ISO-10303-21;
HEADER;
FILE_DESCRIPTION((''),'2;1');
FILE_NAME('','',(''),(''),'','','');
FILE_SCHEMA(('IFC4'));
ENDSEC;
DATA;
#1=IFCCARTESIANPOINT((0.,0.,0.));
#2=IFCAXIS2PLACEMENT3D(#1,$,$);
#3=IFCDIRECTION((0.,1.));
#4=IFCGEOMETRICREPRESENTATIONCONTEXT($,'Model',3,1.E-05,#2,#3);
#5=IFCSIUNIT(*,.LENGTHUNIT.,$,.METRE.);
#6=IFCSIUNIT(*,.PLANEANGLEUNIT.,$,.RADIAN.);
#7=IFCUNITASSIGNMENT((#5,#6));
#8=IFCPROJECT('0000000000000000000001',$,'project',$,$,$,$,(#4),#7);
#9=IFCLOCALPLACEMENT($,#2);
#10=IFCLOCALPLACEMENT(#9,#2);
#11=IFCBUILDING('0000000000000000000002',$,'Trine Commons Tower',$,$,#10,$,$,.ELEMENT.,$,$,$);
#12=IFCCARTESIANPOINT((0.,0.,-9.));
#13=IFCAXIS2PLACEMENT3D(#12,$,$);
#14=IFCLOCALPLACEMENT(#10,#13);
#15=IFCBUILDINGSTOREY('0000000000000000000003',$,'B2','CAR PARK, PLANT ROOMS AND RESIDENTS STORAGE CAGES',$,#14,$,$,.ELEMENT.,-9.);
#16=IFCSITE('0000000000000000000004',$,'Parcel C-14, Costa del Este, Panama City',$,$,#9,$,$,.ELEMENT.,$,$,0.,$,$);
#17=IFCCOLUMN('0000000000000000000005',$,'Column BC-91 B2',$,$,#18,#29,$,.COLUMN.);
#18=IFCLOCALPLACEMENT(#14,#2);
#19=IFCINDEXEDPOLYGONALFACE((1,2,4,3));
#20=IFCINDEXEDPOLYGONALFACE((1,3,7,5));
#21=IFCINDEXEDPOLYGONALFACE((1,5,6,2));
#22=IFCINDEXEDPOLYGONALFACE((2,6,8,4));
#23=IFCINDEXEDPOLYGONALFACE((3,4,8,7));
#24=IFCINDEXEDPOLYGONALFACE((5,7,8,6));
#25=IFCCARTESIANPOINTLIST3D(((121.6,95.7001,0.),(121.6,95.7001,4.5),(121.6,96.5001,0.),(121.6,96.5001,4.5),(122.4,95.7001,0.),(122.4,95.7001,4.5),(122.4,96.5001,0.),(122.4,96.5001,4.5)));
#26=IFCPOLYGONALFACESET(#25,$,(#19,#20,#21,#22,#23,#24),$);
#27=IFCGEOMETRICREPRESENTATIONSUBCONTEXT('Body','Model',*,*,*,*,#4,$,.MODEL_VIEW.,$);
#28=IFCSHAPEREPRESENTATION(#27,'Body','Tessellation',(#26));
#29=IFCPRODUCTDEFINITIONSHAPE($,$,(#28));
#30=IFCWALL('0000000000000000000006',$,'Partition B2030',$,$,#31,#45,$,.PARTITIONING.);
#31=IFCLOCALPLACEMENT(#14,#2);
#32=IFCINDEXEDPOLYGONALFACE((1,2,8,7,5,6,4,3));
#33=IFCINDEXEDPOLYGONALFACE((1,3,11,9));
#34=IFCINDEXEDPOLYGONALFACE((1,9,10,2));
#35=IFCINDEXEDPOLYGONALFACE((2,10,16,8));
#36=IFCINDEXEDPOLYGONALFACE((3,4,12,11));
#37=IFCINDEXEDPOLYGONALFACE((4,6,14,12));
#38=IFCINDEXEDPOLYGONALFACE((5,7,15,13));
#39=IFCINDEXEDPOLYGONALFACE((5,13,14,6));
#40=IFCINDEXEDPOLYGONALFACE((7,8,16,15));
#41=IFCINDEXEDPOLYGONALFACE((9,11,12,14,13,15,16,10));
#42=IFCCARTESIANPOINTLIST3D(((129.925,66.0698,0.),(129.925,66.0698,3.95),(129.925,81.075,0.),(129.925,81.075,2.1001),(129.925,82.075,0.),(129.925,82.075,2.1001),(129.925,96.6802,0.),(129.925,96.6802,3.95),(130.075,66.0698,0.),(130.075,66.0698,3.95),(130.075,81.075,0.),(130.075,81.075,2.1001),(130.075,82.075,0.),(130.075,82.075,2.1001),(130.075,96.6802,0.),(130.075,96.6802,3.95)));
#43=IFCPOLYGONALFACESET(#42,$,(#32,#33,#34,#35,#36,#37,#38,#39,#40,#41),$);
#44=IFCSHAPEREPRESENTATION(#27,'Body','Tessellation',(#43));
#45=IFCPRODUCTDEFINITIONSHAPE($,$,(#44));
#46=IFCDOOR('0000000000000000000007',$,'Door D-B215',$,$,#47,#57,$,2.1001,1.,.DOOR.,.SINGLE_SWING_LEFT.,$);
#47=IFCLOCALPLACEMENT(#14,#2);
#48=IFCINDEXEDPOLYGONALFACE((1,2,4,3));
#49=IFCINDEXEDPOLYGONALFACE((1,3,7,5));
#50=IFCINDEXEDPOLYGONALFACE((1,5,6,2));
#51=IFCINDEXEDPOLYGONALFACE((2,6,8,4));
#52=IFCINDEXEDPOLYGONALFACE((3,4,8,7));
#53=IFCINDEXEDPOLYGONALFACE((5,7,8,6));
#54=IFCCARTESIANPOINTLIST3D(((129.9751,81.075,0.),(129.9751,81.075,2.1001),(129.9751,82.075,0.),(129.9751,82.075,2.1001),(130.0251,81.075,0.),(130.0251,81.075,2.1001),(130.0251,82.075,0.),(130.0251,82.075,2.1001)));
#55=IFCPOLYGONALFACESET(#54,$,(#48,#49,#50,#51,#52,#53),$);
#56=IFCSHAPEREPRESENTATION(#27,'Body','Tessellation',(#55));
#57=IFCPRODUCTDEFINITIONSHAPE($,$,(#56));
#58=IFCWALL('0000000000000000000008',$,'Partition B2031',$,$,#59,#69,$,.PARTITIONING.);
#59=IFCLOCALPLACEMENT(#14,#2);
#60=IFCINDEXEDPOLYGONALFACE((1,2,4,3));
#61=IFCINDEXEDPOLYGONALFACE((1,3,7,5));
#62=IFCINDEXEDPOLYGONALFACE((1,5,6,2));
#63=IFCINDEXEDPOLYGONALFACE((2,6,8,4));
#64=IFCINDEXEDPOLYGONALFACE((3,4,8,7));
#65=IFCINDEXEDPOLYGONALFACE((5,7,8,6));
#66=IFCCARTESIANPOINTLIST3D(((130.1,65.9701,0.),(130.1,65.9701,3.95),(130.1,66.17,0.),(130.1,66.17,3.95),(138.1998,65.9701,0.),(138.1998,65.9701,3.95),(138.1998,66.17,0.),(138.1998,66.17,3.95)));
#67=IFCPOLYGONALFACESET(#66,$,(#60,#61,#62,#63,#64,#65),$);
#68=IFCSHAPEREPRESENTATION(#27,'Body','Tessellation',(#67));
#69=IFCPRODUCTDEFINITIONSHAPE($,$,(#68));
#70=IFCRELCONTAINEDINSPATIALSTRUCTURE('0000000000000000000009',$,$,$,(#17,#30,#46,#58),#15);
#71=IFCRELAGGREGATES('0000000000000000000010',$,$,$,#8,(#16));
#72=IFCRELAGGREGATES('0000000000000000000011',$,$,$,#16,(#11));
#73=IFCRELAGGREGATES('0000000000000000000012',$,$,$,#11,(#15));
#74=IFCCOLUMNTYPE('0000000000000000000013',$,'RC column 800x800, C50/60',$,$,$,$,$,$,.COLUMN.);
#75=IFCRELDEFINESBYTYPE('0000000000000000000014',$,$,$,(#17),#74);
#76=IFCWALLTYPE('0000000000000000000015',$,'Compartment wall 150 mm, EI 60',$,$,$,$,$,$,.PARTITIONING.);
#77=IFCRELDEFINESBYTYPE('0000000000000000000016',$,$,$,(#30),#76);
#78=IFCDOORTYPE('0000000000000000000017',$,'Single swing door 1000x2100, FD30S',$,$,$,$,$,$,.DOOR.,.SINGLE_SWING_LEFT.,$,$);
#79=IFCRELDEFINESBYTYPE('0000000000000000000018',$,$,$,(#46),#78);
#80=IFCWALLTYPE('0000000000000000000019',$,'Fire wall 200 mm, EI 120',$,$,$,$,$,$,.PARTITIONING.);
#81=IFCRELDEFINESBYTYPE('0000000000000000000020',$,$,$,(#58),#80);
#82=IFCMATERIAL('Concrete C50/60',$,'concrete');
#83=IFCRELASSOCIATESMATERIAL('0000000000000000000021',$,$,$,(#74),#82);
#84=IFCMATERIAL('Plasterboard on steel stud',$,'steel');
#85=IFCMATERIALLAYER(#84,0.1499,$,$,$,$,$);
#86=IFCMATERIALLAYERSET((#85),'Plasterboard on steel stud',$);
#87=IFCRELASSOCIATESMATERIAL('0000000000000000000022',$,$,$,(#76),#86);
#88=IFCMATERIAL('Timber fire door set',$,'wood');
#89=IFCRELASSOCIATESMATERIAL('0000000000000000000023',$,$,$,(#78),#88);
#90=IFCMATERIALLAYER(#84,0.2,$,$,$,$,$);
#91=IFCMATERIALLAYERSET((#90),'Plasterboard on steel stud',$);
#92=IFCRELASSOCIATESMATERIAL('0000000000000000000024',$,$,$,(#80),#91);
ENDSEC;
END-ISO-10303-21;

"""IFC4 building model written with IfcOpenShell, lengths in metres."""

from ifc_helpers import new_model, si_unit, direction, frame, frame_2d, origin, origin_2d, place, context, subcontext, project, spatial, rectangle, extrude, material, layer, layer_set, material_profile, profile_set, type_object, element, fill, save


model = new_model("IFC4")

# Units and contexts
model_context = context("Model", 3, precision=1e-05, world=origin(), true_north=direction((0.0, 1.0)))
body_context = subcontext(model_context, "Body", "Model", "MODEL_VIEW")
ifc_project = project(units=[si_unit("LENGTHUNIT", "METRE"), si_unit("PLANEANGLEUNIT", "RADIAN")], contexts=[model_context])

# Site, building, storey
site_placement = place(None, origin())
site = spatial("IfcSite", under=ifc_project, at=site_placement, Name="Parcel C-14, Costa del Este, Panama City", CompositionType="ELEMENT", RefElevation=0.0)
building_placement = place(site_placement, origin())
building = spatial("IfcBuilding", under=site, at=building_placement, Name="Trine Commons Tower", CompositionType="ELEMENT")
storey_placement = place(building_placement, frame((0.0, 0.0, -9.0)))
storey = spatial("IfcBuildingStorey", under=building, at=storey_placement, Name="B2", Description="CAR PARK, PLANT ROOMS AND RESIDENTS STORAGE CAGES", CompositionType="ELEMENT", Elevation=-9.0)

# Column
ifc_material_1 = material(Name="Concrete C50/60", Category="concrete")
ifc_material_profile = material_profile(ifc_material_1, rectangle(XDim=0.8, YDim=0.8, at=origin_2d()), Name="RC 800x800")
ifc_profile_set = profile_set([ifc_material_profile], Name="Concrete C50/60")
column_type = type_object("IfcColumnType", Name="RC column 800x800, C50/60", PredefinedType="COLUMN", material=ifc_profile_set)
for number, where, z_axis, x_axis, name in (
    (1, (122.0, 96.1001, 0.0), (0.0, 0.0, 1.0), (1.0, 0.0, 0.0), "Column BC-91 B2"),
):
    element("IfcColumn", number, at=place(storey_placement, frame(where, z_axis=z_axis, x_axis=x_axis)), inside=storey, type_object=column_type, Name=name, PredefinedType="COLUMN", context=body_context, shape_type="SweptSolid", body=[
        extrude(rectangle(XDim=0.8, YDim=0.8, at=origin_2d()), origin(), (0.0, 0.0, 1.0), 4.5),
    ])

# Wall, opening, door
ifc_material_2 = material(Name="Plasterboard on steel stud", Category="steel")
ifc_layer_1 = layer(ifc_material_2, 0.1499)
ifc_layer_set_1 = layer_set([ifc_layer_1], Name="Plasterboard on steel stud")
wall_type_1 = type_object("IfcWallType", Name="Compartment wall 150 mm, EI 60", PredefinedType="PARTITIONING", material=ifc_layer_set_1)
wall_1_placement = place(storey_placement, frame((130.0, 66.0698, 0.0), z_axis=(0.0, 0.0, 1.0), x_axis=(0.0, 1.0, 0.0)))
wall_1 = element("IfcWall", 2, at=wall_1_placement, inside=storey, type_object=wall_type_1, Name="Partition B2030", PredefinedType="PARTITIONING", context=body_context, shape_type="SweptSolid", body=[
    extrude(rectangle(XDim=30.6104, YDim=0.1499, at=frame_2d((15.3052, 0.0))), origin(), (0.0, 0.0, 1.0), 3.95),
])
opening_placement = place(wall_1_placement, frame((15.0051, 0.0, 0.0)))
opening = element("IfcOpeningElement", 3, at=opening_placement, cuts=wall_1, PredefinedType="OPENING", context=body_context, shape_type="SweptSolid", body=[
    extrude(rectangle(XDim=1.0, YDim=2.1001, at=frame_2d((0.5, 1.05))), frame((0.0, 0.085, 0.0), z_axis=(0.0, -1.0, 0.0), x_axis=(1.0, 0.0, 0.0)), (0.0, 0.0, 1.0), 0.1699),
])
ifc_material_3 = material(Name="Timber fire door set", Category="wood")
door_type = type_object("IfcDoorType", Name="Single swing door 1000x2100, FD30S", OperationType="SINGLE_SWING_LEFT", PredefinedType="DOOR", material=ifc_material_3)
door_placement = place(opening_placement, origin())
door = element("IfcDoor", 4, at=door_placement, inside=storey, type_object=door_type, Name="Door D-B215", OperationType="SINGLE_SWING_LEFT", OverallHeight=2.1001, OverallWidth=1.0, PredefinedType="DOOR", context=body_context, shape_type="SweptSolid", body=[
    extrude(rectangle(XDim=1.0, YDim=2.1001, at=frame_2d((0.5, 1.05))), frame((0.0, 0.0249, 0.0), z_axis=(0.0, -1.0, 0.0), x_axis=(1.0, 0.0, 0.0)), (0.0, 0.0, 1.0), 0.05),
])
fill(opening, door)

# Wall
ifc_layer_2 = layer(ifc_material_2, 0.2)
ifc_layer_set_2 = layer_set([ifc_layer_2], Name="Plasterboard on steel stud")
wall_type_2 = type_object("IfcWallType", Name="Fire wall 200 mm, EI 120", PredefinedType="PARTITIONING", material=ifc_layer_set_2)
wall_2_placement = place(storey_placement, frame((130.1001, 66.0701, 0.0), z_axis=(0.0, 0.0, 1.0), x_axis=(1.0, 0.0, 0.0)))
element("IfcWall", 5, at=wall_2_placement, inside=storey, type_object=wall_type_2, Name="Partition B2031", PredefinedType="PARTITIONING", context=body_context, shape_type="SweptSolid", body=[
    extrude(rectangle(XDim=8.0999, YDim=0.2, at=frame_2d((4.0498, 0.0))), origin(), (0.0, 0.0, 1.0), 3.95),
])

save(model, "model.ifc")
